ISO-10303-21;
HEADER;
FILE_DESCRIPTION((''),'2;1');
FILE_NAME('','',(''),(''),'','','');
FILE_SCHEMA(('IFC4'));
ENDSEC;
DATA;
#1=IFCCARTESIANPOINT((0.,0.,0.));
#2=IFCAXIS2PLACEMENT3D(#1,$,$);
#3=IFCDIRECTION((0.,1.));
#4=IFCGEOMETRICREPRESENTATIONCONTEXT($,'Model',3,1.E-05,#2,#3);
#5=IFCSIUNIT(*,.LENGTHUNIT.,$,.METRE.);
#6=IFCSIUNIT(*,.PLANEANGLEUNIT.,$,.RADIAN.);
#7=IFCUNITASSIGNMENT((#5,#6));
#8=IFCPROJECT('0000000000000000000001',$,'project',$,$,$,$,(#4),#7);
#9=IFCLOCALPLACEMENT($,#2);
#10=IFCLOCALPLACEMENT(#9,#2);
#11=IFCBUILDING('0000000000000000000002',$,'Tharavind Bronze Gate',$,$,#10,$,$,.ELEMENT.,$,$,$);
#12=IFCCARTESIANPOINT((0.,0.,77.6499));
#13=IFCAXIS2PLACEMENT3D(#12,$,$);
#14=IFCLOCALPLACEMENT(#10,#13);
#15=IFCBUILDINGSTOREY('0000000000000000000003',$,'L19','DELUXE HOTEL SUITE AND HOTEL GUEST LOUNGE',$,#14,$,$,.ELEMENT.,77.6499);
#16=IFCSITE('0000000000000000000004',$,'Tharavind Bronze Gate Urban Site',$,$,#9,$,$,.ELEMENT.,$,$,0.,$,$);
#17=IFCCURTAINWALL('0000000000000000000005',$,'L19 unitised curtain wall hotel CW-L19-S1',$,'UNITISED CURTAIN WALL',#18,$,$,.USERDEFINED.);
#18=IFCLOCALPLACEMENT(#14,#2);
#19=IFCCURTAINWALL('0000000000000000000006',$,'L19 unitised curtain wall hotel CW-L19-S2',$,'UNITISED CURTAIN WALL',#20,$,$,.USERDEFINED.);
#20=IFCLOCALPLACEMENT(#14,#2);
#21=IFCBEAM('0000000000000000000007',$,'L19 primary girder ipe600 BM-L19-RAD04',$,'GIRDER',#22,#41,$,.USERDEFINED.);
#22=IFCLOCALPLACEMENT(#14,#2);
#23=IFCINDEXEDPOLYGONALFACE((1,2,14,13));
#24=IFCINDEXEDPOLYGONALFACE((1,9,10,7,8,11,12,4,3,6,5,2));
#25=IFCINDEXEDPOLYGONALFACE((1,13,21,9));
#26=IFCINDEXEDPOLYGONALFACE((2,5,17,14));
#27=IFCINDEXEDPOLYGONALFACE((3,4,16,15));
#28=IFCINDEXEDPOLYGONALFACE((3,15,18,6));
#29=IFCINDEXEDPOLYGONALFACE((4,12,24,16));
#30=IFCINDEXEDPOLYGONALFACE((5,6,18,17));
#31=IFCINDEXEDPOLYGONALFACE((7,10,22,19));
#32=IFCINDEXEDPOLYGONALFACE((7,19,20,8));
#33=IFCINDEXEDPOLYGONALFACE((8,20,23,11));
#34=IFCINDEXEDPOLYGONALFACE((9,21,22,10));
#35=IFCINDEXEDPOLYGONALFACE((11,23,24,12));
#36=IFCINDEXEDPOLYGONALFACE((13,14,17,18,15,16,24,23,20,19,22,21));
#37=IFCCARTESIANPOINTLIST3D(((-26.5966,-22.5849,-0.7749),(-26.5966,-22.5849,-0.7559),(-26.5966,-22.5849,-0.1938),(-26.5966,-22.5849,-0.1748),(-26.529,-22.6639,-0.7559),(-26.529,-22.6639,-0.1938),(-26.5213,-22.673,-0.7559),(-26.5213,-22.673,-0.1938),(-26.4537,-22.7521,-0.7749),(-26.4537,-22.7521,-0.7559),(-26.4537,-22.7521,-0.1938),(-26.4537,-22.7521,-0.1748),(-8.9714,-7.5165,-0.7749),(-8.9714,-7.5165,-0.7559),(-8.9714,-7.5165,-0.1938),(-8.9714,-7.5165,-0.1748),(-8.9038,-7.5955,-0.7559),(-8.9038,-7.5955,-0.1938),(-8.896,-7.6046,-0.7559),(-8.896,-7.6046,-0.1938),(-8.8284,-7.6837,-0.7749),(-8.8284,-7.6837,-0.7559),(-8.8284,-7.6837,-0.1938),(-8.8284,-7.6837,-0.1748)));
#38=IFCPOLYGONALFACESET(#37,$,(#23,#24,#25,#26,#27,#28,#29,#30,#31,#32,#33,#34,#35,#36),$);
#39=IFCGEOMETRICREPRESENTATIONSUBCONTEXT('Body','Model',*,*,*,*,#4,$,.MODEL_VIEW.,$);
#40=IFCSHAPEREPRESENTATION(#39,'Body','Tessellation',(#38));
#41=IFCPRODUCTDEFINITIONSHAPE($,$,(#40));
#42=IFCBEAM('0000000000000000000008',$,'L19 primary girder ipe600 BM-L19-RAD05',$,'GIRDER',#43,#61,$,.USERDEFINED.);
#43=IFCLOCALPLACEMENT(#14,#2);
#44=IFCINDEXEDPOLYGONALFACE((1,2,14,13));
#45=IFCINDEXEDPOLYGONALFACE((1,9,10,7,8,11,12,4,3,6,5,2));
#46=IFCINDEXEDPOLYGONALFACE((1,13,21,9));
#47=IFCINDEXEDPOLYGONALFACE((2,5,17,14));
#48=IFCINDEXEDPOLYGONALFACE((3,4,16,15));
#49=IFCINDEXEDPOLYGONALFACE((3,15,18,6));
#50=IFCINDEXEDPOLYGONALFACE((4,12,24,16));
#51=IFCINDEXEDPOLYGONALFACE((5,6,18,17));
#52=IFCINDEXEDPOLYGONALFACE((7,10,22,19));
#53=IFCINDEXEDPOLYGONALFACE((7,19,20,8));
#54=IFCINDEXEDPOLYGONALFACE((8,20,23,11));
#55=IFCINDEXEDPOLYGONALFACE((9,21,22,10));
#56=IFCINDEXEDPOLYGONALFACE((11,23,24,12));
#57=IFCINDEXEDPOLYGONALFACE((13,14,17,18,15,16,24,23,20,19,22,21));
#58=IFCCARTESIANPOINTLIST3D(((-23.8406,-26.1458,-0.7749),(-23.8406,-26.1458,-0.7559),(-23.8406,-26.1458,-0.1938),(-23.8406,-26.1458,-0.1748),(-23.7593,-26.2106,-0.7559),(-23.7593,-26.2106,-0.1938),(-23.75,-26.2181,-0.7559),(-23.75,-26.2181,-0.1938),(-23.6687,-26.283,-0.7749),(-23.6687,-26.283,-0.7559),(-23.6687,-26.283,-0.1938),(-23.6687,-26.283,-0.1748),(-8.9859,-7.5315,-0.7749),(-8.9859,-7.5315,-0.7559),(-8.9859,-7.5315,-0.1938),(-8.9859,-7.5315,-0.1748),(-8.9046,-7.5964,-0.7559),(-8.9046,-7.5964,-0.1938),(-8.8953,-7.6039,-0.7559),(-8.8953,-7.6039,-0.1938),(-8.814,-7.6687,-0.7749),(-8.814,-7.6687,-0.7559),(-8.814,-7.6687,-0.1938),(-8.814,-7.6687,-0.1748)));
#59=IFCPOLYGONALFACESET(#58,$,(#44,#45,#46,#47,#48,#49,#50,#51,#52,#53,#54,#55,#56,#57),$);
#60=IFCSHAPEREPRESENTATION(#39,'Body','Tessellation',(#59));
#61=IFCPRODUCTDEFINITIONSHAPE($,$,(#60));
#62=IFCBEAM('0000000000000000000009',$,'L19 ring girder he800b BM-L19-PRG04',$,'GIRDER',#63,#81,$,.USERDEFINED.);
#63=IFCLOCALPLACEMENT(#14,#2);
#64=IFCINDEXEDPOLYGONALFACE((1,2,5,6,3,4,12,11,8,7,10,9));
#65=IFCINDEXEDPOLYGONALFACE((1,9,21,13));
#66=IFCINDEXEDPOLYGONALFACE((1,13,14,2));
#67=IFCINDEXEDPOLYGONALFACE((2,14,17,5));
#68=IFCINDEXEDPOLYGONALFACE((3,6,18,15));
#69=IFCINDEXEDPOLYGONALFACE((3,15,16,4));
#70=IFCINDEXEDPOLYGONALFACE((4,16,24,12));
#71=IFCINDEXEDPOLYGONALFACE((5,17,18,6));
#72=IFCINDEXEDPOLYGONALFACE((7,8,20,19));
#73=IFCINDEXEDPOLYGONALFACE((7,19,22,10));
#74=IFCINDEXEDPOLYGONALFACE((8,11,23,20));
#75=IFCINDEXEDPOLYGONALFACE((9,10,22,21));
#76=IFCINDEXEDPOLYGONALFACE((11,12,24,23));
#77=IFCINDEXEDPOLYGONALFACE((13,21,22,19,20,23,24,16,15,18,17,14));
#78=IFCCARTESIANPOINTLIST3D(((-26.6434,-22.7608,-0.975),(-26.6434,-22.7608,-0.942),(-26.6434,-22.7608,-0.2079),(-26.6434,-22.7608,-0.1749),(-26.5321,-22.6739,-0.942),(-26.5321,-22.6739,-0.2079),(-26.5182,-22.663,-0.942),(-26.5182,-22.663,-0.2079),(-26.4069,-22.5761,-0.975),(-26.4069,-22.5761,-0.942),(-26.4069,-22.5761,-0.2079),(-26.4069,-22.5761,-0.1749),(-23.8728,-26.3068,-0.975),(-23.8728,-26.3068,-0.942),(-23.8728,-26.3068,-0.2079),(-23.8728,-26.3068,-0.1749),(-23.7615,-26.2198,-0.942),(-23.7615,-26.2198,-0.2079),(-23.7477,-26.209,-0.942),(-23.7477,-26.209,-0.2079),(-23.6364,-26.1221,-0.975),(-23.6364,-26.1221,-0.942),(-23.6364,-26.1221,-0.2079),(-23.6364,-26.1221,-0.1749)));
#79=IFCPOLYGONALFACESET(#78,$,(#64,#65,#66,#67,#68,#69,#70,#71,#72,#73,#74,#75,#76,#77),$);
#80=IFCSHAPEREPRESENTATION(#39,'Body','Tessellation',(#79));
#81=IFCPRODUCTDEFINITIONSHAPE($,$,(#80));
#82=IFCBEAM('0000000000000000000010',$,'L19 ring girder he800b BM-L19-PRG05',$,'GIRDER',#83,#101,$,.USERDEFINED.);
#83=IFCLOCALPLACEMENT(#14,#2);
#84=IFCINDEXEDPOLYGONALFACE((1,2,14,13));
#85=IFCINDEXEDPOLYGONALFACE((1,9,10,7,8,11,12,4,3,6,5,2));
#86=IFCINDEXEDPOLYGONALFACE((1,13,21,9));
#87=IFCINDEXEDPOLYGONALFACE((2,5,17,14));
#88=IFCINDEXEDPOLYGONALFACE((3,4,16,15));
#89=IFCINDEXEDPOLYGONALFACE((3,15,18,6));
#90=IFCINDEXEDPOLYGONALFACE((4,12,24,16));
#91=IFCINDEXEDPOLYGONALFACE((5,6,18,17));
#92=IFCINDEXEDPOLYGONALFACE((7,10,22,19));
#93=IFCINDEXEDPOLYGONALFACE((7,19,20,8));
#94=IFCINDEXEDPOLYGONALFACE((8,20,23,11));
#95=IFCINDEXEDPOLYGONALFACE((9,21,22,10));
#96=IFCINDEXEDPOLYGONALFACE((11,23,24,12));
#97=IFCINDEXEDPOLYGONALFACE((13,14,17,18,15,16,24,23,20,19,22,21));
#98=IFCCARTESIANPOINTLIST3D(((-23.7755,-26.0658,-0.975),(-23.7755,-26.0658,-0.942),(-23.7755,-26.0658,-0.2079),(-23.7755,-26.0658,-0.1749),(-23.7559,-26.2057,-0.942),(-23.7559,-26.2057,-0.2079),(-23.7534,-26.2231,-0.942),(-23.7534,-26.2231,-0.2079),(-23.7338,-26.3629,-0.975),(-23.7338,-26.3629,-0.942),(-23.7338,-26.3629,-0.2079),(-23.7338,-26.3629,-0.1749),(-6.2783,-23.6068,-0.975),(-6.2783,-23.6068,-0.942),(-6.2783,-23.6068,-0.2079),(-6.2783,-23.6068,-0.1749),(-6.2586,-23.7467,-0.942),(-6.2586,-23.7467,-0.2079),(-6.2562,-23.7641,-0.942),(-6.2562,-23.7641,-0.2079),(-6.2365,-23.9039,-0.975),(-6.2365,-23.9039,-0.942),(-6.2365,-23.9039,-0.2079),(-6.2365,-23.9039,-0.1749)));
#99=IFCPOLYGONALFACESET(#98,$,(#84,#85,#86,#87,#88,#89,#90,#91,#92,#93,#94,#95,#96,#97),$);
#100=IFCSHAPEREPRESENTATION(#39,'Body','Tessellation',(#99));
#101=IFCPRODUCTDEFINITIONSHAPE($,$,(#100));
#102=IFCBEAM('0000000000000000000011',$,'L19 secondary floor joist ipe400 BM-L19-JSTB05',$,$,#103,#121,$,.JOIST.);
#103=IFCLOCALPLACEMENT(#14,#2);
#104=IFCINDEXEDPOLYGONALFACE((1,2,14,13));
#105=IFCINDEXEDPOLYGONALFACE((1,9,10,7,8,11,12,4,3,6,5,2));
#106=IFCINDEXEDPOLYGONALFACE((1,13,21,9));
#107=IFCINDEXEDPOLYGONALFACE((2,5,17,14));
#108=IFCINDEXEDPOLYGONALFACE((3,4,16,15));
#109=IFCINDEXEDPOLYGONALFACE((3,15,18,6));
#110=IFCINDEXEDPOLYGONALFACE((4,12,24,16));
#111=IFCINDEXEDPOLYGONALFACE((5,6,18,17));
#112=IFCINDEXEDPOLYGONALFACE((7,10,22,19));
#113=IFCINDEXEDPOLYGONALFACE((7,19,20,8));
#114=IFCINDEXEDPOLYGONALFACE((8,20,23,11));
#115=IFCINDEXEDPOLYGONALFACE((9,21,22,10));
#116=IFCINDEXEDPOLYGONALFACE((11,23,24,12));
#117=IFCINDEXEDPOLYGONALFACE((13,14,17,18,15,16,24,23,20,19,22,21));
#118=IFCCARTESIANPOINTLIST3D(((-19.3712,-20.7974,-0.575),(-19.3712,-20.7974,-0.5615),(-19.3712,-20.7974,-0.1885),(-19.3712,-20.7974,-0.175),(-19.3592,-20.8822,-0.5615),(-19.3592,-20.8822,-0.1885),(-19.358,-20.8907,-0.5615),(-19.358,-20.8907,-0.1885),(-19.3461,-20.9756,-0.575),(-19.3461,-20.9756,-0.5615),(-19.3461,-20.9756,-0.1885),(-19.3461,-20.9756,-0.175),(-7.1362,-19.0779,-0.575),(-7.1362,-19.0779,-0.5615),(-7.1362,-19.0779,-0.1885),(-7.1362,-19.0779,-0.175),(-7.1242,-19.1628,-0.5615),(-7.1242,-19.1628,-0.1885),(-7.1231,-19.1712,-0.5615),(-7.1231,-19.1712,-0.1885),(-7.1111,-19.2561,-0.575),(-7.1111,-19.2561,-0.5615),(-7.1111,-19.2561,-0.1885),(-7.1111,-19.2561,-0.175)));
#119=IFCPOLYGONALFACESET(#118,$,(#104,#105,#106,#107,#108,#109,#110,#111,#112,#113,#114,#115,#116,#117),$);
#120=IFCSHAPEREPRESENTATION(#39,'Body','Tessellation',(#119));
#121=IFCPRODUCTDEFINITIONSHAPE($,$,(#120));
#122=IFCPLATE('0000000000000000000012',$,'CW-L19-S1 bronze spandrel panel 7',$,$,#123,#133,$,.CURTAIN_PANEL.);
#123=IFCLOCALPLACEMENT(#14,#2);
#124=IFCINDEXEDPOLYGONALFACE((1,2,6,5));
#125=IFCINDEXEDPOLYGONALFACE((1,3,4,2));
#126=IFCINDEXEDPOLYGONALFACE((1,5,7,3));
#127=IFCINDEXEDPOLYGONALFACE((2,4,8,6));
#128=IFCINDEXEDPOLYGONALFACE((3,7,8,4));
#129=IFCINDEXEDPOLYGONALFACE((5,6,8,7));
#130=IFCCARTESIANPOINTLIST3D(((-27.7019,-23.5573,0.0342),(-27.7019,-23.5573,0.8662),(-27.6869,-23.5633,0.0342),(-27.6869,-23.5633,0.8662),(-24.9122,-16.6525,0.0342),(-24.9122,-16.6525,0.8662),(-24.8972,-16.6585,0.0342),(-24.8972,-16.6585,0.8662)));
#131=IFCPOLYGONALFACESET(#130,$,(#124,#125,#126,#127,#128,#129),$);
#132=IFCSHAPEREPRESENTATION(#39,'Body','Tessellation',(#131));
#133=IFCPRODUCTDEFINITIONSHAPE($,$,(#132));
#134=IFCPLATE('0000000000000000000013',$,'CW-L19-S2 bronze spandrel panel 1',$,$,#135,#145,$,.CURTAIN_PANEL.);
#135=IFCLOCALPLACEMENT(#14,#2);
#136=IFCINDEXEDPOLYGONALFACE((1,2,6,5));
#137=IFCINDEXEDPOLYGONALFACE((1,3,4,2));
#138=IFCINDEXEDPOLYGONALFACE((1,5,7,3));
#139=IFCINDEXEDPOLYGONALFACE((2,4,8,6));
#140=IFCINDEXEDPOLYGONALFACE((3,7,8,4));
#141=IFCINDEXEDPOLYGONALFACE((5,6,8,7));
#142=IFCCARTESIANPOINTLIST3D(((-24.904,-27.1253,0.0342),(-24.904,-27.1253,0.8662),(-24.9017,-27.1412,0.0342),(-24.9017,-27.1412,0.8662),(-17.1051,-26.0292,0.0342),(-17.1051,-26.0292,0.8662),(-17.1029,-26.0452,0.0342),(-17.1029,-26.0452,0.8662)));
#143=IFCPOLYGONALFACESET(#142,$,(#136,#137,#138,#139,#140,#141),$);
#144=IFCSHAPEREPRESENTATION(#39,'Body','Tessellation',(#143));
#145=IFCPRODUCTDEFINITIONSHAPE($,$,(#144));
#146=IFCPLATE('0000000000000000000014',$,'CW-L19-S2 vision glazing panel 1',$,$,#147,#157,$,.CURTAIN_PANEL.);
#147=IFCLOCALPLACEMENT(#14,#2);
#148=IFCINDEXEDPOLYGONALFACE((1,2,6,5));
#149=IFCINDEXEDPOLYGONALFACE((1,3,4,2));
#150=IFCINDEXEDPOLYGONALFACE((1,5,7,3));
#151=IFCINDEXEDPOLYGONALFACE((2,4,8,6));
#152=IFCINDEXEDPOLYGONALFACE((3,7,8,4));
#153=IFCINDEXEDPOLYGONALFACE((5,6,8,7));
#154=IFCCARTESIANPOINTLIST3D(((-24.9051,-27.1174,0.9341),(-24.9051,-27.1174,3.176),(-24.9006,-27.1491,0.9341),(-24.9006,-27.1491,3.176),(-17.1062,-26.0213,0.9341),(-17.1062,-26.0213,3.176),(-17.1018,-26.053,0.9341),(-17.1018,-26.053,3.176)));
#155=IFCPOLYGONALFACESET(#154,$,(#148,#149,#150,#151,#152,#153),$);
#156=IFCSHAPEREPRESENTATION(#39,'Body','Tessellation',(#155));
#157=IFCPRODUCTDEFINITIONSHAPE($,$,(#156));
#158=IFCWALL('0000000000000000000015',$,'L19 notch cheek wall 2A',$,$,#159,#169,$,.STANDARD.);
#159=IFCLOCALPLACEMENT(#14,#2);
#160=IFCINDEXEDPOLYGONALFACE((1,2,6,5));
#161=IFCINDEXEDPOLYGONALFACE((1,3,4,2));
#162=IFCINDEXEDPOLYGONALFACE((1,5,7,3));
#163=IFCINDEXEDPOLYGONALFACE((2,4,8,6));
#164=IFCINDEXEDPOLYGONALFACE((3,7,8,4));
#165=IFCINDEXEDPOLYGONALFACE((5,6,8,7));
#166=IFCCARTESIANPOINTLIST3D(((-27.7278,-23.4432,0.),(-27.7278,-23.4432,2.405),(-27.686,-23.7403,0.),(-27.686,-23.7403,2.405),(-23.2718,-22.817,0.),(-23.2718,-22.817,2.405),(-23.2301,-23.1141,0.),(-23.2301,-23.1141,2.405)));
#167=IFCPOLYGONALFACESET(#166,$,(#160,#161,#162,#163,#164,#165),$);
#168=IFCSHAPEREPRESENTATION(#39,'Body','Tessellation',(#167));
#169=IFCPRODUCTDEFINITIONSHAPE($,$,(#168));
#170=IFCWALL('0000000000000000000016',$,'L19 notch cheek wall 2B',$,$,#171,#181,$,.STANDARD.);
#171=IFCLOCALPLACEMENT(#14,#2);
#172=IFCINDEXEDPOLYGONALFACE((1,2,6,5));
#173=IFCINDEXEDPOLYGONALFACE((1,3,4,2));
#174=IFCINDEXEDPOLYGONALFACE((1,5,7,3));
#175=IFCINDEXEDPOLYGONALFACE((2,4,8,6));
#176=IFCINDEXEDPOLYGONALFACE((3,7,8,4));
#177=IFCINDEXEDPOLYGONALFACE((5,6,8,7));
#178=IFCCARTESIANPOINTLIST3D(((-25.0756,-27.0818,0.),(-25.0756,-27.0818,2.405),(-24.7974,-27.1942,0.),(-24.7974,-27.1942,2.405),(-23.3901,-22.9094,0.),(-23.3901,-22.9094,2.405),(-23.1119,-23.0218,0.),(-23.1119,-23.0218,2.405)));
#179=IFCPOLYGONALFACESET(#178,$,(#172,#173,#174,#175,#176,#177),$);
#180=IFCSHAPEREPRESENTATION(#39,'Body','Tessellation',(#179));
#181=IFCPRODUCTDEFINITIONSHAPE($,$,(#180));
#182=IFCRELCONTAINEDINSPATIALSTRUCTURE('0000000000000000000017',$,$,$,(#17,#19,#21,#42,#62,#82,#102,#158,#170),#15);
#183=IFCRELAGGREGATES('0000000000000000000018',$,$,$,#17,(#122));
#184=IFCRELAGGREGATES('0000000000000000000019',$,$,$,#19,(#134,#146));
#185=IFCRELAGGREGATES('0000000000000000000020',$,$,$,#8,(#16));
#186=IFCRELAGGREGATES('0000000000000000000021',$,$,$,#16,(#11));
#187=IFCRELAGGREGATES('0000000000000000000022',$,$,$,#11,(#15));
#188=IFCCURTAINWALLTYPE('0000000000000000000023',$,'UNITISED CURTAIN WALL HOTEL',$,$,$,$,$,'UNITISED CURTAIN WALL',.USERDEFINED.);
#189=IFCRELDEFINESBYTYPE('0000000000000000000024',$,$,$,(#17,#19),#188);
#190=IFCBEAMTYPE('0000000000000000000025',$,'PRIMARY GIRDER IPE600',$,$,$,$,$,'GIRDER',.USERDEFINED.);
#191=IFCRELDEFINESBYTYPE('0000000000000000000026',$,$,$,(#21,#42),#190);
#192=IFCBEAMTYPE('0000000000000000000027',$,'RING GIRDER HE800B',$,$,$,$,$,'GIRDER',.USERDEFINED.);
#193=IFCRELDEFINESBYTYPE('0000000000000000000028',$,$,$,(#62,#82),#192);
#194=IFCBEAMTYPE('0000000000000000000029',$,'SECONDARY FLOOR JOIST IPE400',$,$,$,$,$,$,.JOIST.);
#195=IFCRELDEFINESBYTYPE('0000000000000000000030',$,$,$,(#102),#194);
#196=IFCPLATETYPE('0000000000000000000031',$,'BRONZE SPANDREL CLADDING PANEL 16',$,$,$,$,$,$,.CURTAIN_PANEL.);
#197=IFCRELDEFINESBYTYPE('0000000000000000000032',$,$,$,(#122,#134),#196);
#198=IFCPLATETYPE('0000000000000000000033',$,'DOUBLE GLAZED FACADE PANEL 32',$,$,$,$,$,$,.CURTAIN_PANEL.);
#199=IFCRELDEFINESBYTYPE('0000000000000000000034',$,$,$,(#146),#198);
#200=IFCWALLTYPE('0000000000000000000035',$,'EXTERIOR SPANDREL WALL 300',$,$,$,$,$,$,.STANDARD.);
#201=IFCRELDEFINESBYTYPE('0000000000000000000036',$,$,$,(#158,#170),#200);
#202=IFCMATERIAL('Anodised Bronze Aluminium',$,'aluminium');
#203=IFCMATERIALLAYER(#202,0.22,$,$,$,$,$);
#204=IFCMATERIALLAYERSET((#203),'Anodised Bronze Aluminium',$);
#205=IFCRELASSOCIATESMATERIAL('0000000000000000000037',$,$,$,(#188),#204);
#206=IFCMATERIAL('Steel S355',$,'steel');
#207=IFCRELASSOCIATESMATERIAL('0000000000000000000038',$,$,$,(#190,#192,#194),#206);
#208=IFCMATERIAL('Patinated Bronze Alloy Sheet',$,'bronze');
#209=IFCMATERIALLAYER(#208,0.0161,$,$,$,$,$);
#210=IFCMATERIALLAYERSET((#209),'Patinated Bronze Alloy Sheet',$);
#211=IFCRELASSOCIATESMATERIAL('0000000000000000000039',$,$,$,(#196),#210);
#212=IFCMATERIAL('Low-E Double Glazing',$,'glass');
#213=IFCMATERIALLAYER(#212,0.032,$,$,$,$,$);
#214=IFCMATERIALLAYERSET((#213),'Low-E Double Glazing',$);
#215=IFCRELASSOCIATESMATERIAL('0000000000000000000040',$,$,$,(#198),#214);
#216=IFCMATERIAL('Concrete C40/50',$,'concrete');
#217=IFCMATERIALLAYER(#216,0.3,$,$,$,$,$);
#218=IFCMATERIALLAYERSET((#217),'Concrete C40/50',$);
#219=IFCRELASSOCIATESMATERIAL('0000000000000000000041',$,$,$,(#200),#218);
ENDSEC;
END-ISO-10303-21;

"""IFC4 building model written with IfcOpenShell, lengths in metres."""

from ifc_helpers import new_model, si_unit, direction, frame, frame_2d, origin, origin_2d, place, context, subcontext, project, spatial, rectangle, i_section, extrude, material, layer, layer_set, material_profile, profile_set, type_object, element, aggregate, save


model = new_model("IFC4")

# Units and contexts
model_context = context("Model", 3, precision=1e-05, world=origin(), true_north=direction((0.0, 1.0)))
body_context = subcontext(model_context, "Body", "Model", "MODEL_VIEW")
ifc_project = project(units=[si_unit("LENGTHUNIT", "METRE"), si_unit("PLANEANGLEUNIT", "RADIAN")], contexts=[model_context])

# Site, building, storey
site_placement = place(None, origin())
site = spatial("IfcSite", under=ifc_project, at=site_placement, Name="Tharavind Bronze Gate Urban Site", CompositionType="ELEMENT", RefElevation=0.0)
building_placement = place(site_placement, origin())
building = spatial("IfcBuilding", under=site, at=building_placement, Name="Tharavind Bronze Gate", CompositionType="ELEMENT")
storey_placement = place(building_placement, frame((0.0, 0.0, 77.6499)))
storey = spatial("IfcBuildingStorey", under=building, at=storey_placement, Name="L19", Description="DELUXE HOTEL SUITE AND HOTEL GUEST LOUNGE", CompositionType="ELEMENT", Elevation=77.6499)

# Curtain wall
ifc_material_1 = material(Name="Anodised Bronze Aluminium", Category="aluminium")
ifc_layer_1 = layer(ifc_material_1, 0.22)
ifc_layer_set_1 = layer_set([ifc_layer_1], Name="Anodised Bronze Aluminium")
curtain_wall_type = type_object("IfcCurtainWallType", Name="UNITISED CURTAIN WALL HOTEL", ElementType="UNITISED CURTAIN WALL", PredefinedType="USERDEFINED", material=ifc_layer_set_1)
curtain_wall_1_placement = place(storey_placement, origin())
curtain_wall_1 = element("IfcCurtainWall", 1, at=curtain_wall_1_placement, inside=storey, type_object=curtain_wall_type, Name="L19 unitised curtain wall hotel CW-L19-S1", ObjectType="UNITISED CURTAIN WALL", PredefinedType="USERDEFINED")

# Curtain wall
curtain_wall_2_placement = place(storey_placement, origin())
curtain_wall_2 = element("IfcCurtainWall", 2, at=curtain_wall_2_placement, inside=storey, type_object=curtain_wall_type, Name="L19 unitised curtain wall hotel CW-L19-S2", ObjectType="UNITISED CURTAIN WALL", PredefinedType="USERDEFINED")

# Beams
ifc_material_2 = material(Name="Steel S355", Category="steel")
ifc_material_profile_1 = material_profile(ifc_material_2, i_section(OverallWidth=0.22, OverallDepth=0.6001, WebThickness=0.012, FlangeThickness=0.019, at=origin_2d()), Name="IPE600")
ifc_profile_set_1 = profile_set([ifc_material_profile_1], Name="Steel S355")
beam_type_1 = type_object("IfcBeamType", Name="PRIMARY GIRDER IPE600", ElementType="GIRDER", PredefinedType="USERDEFINED", material=ifc_profile_set_1)
beam_1_placement = place(storey_placement, frame((-26.5251, -22.6685, -0.4749), z_axis=(0.760087, 0.649821, 0.0), x_axis=(-0.649821, 0.760087, 0.0)))
element("IfcBeam", 3, at=beam_1_placement, inside=storey, type_object=beam_type_1, Name="L19 primary girder ipe600 BM-L19-RAD04", ObjectType="GIRDER", PredefinedType="USERDEFINED", context=body_context, shape_type="SweptSolid", body=[
    extrude(i_section(OverallWidth=0.22, OverallDepth=0.6001, WebThickness=0.012, FlangeThickness=0.019, at=origin_2d()), origin(), (0.0, 0.0, 1.0), 23.1885),
])
beam_2_placement = place(storey_placement, frame((-23.7546, -26.2144, -0.4749), z_axis=(0.623756, 0.781619, 0.0), x_axis=(-0.781619, 0.623756, 0.0)))
element("IfcBeam", 4, at=beam_2_placement, inside=storey, type_object=beam_type_1, Name="L19 primary girder ipe600 BM-L19-RAD05", ObjectType="GIRDER", PredefinedType="USERDEFINED", context=body_context, shape_type="SweptSolid", body=[
    extrude(i_section(OverallWidth=0.22, OverallDepth=0.6001, WebThickness=0.012, FlangeThickness=0.019, at=origin_2d()), origin(), (0.0, 0.0, 1.0), 23.8149),
])
ifc_material_profile_2 = material_profile(ifc_material_2, i_section(OverallWidth=0.3, OverallDepth=0.8, WebThickness=0.0176, FlangeThickness=0.033, at=origin_2d()), Name="HE800B")
ifc_profile_set_2 = profile_set([ifc_material_profile_2], Name="Steel S355")
beam_type_2 = type_object("IfcBeamType", Name="RING GIRDER HE800B", ElementType="GIRDER", PredefinedType="USERDEFINED", material=ifc_profile_set_2)
beam_3_placement = place(storey_placement, frame((-26.5251, -22.6685, -0.575), z_axis=(0.615682, -0.787995, 0.0), x_axis=(0.787995, 0.615682, 0.0)))
element("IfcBeam", 5, at=beam_3_placement, inside=storey, type_object=beam_type_2, Name="L19 ring girder he800b BM-L19-PRG04", ObjectType="GIRDER", PredefinedType="USERDEFINED", context=body_context, shape_type="SweptSolid", body=[
    extrude(i_section(OverallWidth=0.3, OverallDepth=0.8, WebThickness=0.0176, FlangeThickness=0.033, at=origin_2d()), origin(), (0.0, 0.0, 1.0), 4.5),
])
beam_4_placement = place(storey_placement, frame((-23.7546, -26.2144, -0.575), z_axis=(0.990269, 0.139167, 0.0), x_axis=(-0.139167, 0.990269, 0.0)))
element("IfcBeam", 6, at=beam_4_placement, inside=storey, type_object=beam_type_2, Name="L19 ring girder he800b BM-L19-PRG05", ObjectType="GIRDER", PredefinedType="USERDEFINED", context=body_context, shape_type="SweptSolid", body=[
    extrude(i_section(OverallWidth=0.3, OverallDepth=0.8, WebThickness=0.0176, FlangeThickness=0.033, at=origin_2d()), origin(), (0.0, 0.0, 1.0), 17.6692),
])
ifc_material_profile_3 = material_profile(ifc_material_2, i_section(OverallWidth=0.1799, OverallDepth=0.3999, WebThickness=0.0085, FlangeThickness=0.0134, at=origin_2d()), Name="IPE400")
ifc_profile_set_3 = profile_set([ifc_material_profile_3], Name="Steel S355")
beam_type_3 = type_object("IfcBeamType", Name="SECONDARY FLOOR JOIST IPE400", PredefinedType="JOIST", material=ifc_profile_set_3)
beam_5_placement = place(storey_placement, frame((-19.3586, -20.8865, -0.375), z_axis=(0.990269, 0.139169, 0.0), x_axis=(-0.139169, 0.990269, 0.0)))
element("IfcBeam", 7, at=beam_5_placement, inside=storey, type_object=beam_type_3, Name="L19 secondary floor joist ipe400 BM-L19-JSTB05", PredefinedType="JOIST", context=body_context, shape_type="SweptSolid", body=[
    extrude(i_section(OverallWidth=0.1799, OverallDepth=0.3999, WebThickness=0.0085, FlangeThickness=0.0134, at=origin_2d()), origin(), (0.0, 0.0, 1.0), 12.3552),
])

# Plates
ifc_material_3 = material(Name="Patinated Bronze Alloy Sheet", Category="bronze")
ifc_layer_2 = layer(ifc_material_3, 0.0161)
ifc_layer_set_2 = layer_set([ifc_layer_2], Name="Patinated Bronze Alloy Sheet")
plate_type_1 = type_object("IfcPlateType", Name="BRONZE SPANDREL CLADDING PANEL 16", PredefinedType="CURTAIN_PANEL", material=ifc_layer_set_2)
plate_1_placement = place(storey_placement, frame((-26.2996, -20.1079, 0.0342), z_axis=(0.0, 0.0, 1.0), x_axis=(-0.374607, -0.927184, 0.0)))
plate_1 = element("IfcPlate", 8, at=plate_1_placement, type_object=plate_type_1, Name="CW-L19-S1 bronze spandrel panel 7", PredefinedType="CURTAIN_PANEL", context=body_context, shape_type="SweptSolid", body=[
    extrude(rectangle(XDim=7.447, YDim=0.0161, at=origin_2d()), origin(), (0.0, 0.0, 1.0), 0.832),
])
aggregate(curtain_wall_1, [plate_1])
plate_2_placement = place(storey_placement, frame((-21.0034, -26.5852, 0.0342), z_axis=(0.0, 0.0, 1.0), x_axis=(0.990268, 0.139173, 0.0)))
plate_2 = element("IfcPlate", 9, at=plate_2_placement, type_object=plate_type_1, Name="CW-L19-S2 bronze spandrel panel 1", PredefinedType="CURTAIN_PANEL", context=body_context, shape_type="SweptSolid", body=[
    extrude(rectangle(XDim=7.8755, YDim=0.0161, at=origin_2d()), origin(), (0.0, 0.0, 1.0), 0.832),
])
ifc_material_4 = material(Name="Low-E Double Glazing", Category="glass")
ifc_layer_3 = layer(ifc_material_4, 0.032)
ifc_layer_set_3 = layer_set([ifc_layer_3], Name="Low-E Double Glazing")
plate_type_2 = type_object("IfcPlateType", Name="DOUBLE GLAZED FACADE PANEL 32", PredefinedType="CURTAIN_PANEL", material=ifc_layer_set_3)
plate_3_placement = place(storey_placement, frame((-21.0034, -26.5852, 0.9341), z_axis=(0.0, 0.0, 1.0), x_axis=(0.990268, 0.139173, 0.0)))
plate_3 = element("IfcPlate", 10, at=plate_3_placement, type_object=plate_type_2, Name="CW-L19-S2 vision glazing panel 1", PredefinedType="CURTAIN_PANEL", context=body_context, shape_type="SweptSolid", body=[
    extrude(rectangle(XDim=7.8755, YDim=0.032, at=origin_2d()), origin(), (0.0, 0.0, 1.0), 2.2419),
])
aggregate(curtain_wall_2, [plate_2, plate_3])

# Walls
ifc_material_5 = material(Name="Concrete C40/50", Category="concrete")
ifc_layer_4 = layer(ifc_material_5, 0.3)
ifc_layer_set_4 = layer_set([ifc_layer_4], Name="Concrete C40/50")
wall_type = type_object("IfcWallType", Name="EXTERIOR SPANDREL WALL 300", PredefinedType="STANDARD", material=ifc_layer_set_4)
wall_1_placement = place(storey_placement, frame((-27.707, -23.5918, 0.0), z_axis=(0.0, 0.0, 1.0), x_axis=(0.990269, 0.139165, 0.0)))
element("IfcWall", 11, at=wall_1_placement, inside=storey, type_object=wall_type, Name="L19 notch cheek wall 2A", PredefinedType="STANDARD", context=body_context, shape_type="SweptSolid", body=[
    extrude(rectangle(XDim=4.4998, YDim=0.3, at=frame_2d((2.25, 0.0))), origin(), (0.0, 0.0, 1.0), 2.405),
])
wall_2_placement = place(storey_placement, frame((-23.251, -22.9656, 0.0), z_axis=(0.0, 0.0, 1.0), x_axis=(-0.374569, -0.927199, 0.0)))
element("IfcWall", 12, at=wall_2_placement, inside=storey, type_object=wall_type, Name="L19 notch cheek wall 2B", PredefinedType="STANDARD", context=body_context, shape_type="SweptSolid", body=[
    extrude(rectangle(XDim=4.5, YDim=0.3, at=frame_2d((2.25, 0.0))), origin(), (0.0, 0.0, 1.0), 2.405),
])

save(model, "model.ifc")
